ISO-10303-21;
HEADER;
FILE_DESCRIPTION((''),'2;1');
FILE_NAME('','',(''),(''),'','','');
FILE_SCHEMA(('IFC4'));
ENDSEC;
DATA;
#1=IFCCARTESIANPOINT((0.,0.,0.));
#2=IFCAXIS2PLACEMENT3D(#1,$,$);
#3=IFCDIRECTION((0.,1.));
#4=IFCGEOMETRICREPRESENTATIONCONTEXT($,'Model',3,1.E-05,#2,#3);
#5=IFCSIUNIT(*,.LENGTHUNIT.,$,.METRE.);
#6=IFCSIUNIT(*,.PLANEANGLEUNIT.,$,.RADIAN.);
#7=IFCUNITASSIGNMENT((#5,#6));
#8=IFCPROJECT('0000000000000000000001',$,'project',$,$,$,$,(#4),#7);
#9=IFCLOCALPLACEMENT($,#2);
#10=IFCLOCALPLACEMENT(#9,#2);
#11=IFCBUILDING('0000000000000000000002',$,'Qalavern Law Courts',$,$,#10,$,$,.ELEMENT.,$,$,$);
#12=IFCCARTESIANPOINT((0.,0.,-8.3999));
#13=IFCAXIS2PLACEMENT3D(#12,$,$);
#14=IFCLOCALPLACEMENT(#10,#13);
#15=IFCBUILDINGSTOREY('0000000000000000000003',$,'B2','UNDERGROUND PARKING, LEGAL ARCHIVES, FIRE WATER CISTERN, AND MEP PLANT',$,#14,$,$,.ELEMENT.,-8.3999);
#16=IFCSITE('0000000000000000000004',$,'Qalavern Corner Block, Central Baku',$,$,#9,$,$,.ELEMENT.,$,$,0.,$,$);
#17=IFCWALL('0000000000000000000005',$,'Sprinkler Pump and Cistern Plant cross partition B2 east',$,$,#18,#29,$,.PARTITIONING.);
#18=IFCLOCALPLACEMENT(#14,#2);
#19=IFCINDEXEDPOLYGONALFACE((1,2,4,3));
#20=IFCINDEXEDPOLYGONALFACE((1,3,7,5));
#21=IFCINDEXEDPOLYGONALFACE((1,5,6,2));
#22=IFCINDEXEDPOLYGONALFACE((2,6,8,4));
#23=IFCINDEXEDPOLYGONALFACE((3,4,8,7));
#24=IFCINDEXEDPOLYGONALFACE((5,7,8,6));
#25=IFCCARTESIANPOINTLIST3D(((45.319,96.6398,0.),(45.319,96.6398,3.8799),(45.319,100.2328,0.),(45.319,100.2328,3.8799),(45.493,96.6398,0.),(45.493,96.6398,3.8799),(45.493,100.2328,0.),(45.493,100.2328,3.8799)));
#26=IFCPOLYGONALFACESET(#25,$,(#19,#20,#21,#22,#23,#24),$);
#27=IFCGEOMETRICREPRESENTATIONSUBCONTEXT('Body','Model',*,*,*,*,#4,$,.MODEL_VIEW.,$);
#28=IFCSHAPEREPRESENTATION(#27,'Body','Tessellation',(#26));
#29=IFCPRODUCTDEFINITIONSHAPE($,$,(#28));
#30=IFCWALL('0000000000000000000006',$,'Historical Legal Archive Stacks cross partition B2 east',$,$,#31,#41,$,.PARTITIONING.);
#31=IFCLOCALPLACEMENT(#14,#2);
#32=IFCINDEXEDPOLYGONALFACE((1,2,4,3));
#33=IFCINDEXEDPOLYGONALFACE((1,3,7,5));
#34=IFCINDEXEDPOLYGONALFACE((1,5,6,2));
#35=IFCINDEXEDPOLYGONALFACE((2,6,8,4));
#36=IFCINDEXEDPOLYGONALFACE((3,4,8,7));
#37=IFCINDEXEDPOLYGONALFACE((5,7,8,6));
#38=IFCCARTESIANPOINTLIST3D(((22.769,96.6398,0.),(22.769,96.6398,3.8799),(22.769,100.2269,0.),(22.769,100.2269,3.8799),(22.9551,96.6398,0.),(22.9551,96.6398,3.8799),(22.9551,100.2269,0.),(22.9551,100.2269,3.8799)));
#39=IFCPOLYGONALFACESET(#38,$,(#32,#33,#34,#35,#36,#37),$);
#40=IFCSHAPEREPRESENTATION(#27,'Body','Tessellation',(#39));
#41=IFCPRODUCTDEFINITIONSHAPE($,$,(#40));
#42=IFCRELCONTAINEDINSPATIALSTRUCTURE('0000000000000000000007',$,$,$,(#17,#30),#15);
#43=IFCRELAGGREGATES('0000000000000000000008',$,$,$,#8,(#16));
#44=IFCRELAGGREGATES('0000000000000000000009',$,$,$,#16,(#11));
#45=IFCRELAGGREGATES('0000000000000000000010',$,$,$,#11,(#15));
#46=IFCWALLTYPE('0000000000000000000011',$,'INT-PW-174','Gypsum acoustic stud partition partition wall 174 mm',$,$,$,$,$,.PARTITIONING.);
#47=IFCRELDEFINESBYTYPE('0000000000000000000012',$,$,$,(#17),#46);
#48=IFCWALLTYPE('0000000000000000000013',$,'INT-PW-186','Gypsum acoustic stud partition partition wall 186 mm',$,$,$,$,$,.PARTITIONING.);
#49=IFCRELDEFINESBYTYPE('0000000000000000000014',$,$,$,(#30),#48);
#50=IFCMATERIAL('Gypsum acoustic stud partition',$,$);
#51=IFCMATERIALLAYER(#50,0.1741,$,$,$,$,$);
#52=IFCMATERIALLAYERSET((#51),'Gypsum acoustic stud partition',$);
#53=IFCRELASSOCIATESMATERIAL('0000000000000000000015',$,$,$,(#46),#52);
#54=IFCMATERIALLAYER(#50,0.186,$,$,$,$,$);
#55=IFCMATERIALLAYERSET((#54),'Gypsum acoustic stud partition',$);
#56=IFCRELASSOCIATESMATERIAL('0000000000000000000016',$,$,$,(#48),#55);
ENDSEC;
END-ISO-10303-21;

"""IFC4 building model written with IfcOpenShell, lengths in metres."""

from ifc_helpers import new_model, si_unit, direction, frame, frame_2d, origin, place, context, subcontext, project, spatial, rectangle, extrude, material, layer, layer_set, type_object, element, save


model = new_model("IFC4")

# Units and contexts
model_context = context("Model", 3, precision=1e-05, world=origin(), true_north=direction((0.0, 1.0)))
body_context = subcontext(model_context, "Body", "Model", "MODEL_VIEW")
ifc_project = project(units=[si_unit("LENGTHUNIT", "METRE"), si_unit("PLANEANGLEUNIT", "RADIAN")], contexts=[model_context])

# Site, building, storey
site_placement = place(None, origin())
site = spatial("IfcSite", under=ifc_project, at=site_placement, Name="Qalavern Corner Block, Central Baku", CompositionType="ELEMENT", RefElevation=0.0)
building_placement = place(site_placement, origin())
building = spatial("IfcBuilding", under=site, at=building_placement, Name="Qalavern Law Courts", CompositionType="ELEMENT")
storey_placement = place(building_placement, frame((0.0, 0.0, -8.3999)))
storey = spatial("IfcBuildingStorey", under=building, at=storey_placement, Name="B2", Description="UNDERGROUND PARKING, LEGAL ARCHIVES, FIRE WATER CISTERN, AND MEP PLANT", CompositionType="ELEMENT", Elevation=-8.3999)

# Walls
ifc_material_1 = material(Name="Gypsum acoustic stud partition")
ifc_layer_1 = layer(ifc_material_1, 0.1741)
ifc_layer_set_1 = layer_set([ifc_layer_1], Name="Gypsum acoustic stud partition")
wall_type_1 = type_object("IfcWallType", Name="INT-PW-174", Description="Gypsum acoustic stud partition partition wall 174 mm", PredefinedType="PARTITIONING", material=ifc_layer_set_1)
wall_1_placement = place(storey_placement, frame((45.406, 96.6399, 0.0), z_axis=(0.0, 0.0, 1.0), x_axis=(0.0, 1.0, 0.0)))
element("IfcWall", 1, at=wall_1_placement, inside=storey, type_object=wall_type_1, Name="Sprinkler Pump and Cistern Plant cross partition B2 east", PredefinedType="PARTITIONING", context=body_context, shape_type="SweptSolid", body=[
    extrude(rectangle(XDim=3.593, YDim=0.1741, at=frame_2d((1.7964, 0.0))), origin(), (0.0, 0.0, 1.0), 3.8799),
])
ifc_layer_2 = layer(ifc_material_1, 0.186)
ifc_layer_set_2 = layer_set([ifc_layer_2], Name="Gypsum acoustic stud partition")
wall_type_2 = type_object("IfcWallType", Name="INT-PW-186", Description="Gypsum acoustic stud partition partition wall 186 mm", PredefinedType="PARTITIONING", material=ifc_layer_set_2)
wall_2_placement = place(storey_placement, frame((22.8621, 96.6399, 0.0), z_axis=(0.0, 0.0, 1.0), x_axis=(0.0, 1.0, 0.0)))
element("IfcWall", 2, at=wall_2_placement, inside=storey, type_object=wall_type_2, Name="Historical Legal Archive Stacks cross partition B2 east", PredefinedType="PARTITIONING", context=body_context, shape_type="SweptSolid", body=[
    extrude(rectangle(XDim=3.5872, YDim=0.186, at=frame_2d((1.7935, 0.0))), origin(), (0.0, 0.0, 1.0), 3.8799),
])

save(model, "model.ifc")
